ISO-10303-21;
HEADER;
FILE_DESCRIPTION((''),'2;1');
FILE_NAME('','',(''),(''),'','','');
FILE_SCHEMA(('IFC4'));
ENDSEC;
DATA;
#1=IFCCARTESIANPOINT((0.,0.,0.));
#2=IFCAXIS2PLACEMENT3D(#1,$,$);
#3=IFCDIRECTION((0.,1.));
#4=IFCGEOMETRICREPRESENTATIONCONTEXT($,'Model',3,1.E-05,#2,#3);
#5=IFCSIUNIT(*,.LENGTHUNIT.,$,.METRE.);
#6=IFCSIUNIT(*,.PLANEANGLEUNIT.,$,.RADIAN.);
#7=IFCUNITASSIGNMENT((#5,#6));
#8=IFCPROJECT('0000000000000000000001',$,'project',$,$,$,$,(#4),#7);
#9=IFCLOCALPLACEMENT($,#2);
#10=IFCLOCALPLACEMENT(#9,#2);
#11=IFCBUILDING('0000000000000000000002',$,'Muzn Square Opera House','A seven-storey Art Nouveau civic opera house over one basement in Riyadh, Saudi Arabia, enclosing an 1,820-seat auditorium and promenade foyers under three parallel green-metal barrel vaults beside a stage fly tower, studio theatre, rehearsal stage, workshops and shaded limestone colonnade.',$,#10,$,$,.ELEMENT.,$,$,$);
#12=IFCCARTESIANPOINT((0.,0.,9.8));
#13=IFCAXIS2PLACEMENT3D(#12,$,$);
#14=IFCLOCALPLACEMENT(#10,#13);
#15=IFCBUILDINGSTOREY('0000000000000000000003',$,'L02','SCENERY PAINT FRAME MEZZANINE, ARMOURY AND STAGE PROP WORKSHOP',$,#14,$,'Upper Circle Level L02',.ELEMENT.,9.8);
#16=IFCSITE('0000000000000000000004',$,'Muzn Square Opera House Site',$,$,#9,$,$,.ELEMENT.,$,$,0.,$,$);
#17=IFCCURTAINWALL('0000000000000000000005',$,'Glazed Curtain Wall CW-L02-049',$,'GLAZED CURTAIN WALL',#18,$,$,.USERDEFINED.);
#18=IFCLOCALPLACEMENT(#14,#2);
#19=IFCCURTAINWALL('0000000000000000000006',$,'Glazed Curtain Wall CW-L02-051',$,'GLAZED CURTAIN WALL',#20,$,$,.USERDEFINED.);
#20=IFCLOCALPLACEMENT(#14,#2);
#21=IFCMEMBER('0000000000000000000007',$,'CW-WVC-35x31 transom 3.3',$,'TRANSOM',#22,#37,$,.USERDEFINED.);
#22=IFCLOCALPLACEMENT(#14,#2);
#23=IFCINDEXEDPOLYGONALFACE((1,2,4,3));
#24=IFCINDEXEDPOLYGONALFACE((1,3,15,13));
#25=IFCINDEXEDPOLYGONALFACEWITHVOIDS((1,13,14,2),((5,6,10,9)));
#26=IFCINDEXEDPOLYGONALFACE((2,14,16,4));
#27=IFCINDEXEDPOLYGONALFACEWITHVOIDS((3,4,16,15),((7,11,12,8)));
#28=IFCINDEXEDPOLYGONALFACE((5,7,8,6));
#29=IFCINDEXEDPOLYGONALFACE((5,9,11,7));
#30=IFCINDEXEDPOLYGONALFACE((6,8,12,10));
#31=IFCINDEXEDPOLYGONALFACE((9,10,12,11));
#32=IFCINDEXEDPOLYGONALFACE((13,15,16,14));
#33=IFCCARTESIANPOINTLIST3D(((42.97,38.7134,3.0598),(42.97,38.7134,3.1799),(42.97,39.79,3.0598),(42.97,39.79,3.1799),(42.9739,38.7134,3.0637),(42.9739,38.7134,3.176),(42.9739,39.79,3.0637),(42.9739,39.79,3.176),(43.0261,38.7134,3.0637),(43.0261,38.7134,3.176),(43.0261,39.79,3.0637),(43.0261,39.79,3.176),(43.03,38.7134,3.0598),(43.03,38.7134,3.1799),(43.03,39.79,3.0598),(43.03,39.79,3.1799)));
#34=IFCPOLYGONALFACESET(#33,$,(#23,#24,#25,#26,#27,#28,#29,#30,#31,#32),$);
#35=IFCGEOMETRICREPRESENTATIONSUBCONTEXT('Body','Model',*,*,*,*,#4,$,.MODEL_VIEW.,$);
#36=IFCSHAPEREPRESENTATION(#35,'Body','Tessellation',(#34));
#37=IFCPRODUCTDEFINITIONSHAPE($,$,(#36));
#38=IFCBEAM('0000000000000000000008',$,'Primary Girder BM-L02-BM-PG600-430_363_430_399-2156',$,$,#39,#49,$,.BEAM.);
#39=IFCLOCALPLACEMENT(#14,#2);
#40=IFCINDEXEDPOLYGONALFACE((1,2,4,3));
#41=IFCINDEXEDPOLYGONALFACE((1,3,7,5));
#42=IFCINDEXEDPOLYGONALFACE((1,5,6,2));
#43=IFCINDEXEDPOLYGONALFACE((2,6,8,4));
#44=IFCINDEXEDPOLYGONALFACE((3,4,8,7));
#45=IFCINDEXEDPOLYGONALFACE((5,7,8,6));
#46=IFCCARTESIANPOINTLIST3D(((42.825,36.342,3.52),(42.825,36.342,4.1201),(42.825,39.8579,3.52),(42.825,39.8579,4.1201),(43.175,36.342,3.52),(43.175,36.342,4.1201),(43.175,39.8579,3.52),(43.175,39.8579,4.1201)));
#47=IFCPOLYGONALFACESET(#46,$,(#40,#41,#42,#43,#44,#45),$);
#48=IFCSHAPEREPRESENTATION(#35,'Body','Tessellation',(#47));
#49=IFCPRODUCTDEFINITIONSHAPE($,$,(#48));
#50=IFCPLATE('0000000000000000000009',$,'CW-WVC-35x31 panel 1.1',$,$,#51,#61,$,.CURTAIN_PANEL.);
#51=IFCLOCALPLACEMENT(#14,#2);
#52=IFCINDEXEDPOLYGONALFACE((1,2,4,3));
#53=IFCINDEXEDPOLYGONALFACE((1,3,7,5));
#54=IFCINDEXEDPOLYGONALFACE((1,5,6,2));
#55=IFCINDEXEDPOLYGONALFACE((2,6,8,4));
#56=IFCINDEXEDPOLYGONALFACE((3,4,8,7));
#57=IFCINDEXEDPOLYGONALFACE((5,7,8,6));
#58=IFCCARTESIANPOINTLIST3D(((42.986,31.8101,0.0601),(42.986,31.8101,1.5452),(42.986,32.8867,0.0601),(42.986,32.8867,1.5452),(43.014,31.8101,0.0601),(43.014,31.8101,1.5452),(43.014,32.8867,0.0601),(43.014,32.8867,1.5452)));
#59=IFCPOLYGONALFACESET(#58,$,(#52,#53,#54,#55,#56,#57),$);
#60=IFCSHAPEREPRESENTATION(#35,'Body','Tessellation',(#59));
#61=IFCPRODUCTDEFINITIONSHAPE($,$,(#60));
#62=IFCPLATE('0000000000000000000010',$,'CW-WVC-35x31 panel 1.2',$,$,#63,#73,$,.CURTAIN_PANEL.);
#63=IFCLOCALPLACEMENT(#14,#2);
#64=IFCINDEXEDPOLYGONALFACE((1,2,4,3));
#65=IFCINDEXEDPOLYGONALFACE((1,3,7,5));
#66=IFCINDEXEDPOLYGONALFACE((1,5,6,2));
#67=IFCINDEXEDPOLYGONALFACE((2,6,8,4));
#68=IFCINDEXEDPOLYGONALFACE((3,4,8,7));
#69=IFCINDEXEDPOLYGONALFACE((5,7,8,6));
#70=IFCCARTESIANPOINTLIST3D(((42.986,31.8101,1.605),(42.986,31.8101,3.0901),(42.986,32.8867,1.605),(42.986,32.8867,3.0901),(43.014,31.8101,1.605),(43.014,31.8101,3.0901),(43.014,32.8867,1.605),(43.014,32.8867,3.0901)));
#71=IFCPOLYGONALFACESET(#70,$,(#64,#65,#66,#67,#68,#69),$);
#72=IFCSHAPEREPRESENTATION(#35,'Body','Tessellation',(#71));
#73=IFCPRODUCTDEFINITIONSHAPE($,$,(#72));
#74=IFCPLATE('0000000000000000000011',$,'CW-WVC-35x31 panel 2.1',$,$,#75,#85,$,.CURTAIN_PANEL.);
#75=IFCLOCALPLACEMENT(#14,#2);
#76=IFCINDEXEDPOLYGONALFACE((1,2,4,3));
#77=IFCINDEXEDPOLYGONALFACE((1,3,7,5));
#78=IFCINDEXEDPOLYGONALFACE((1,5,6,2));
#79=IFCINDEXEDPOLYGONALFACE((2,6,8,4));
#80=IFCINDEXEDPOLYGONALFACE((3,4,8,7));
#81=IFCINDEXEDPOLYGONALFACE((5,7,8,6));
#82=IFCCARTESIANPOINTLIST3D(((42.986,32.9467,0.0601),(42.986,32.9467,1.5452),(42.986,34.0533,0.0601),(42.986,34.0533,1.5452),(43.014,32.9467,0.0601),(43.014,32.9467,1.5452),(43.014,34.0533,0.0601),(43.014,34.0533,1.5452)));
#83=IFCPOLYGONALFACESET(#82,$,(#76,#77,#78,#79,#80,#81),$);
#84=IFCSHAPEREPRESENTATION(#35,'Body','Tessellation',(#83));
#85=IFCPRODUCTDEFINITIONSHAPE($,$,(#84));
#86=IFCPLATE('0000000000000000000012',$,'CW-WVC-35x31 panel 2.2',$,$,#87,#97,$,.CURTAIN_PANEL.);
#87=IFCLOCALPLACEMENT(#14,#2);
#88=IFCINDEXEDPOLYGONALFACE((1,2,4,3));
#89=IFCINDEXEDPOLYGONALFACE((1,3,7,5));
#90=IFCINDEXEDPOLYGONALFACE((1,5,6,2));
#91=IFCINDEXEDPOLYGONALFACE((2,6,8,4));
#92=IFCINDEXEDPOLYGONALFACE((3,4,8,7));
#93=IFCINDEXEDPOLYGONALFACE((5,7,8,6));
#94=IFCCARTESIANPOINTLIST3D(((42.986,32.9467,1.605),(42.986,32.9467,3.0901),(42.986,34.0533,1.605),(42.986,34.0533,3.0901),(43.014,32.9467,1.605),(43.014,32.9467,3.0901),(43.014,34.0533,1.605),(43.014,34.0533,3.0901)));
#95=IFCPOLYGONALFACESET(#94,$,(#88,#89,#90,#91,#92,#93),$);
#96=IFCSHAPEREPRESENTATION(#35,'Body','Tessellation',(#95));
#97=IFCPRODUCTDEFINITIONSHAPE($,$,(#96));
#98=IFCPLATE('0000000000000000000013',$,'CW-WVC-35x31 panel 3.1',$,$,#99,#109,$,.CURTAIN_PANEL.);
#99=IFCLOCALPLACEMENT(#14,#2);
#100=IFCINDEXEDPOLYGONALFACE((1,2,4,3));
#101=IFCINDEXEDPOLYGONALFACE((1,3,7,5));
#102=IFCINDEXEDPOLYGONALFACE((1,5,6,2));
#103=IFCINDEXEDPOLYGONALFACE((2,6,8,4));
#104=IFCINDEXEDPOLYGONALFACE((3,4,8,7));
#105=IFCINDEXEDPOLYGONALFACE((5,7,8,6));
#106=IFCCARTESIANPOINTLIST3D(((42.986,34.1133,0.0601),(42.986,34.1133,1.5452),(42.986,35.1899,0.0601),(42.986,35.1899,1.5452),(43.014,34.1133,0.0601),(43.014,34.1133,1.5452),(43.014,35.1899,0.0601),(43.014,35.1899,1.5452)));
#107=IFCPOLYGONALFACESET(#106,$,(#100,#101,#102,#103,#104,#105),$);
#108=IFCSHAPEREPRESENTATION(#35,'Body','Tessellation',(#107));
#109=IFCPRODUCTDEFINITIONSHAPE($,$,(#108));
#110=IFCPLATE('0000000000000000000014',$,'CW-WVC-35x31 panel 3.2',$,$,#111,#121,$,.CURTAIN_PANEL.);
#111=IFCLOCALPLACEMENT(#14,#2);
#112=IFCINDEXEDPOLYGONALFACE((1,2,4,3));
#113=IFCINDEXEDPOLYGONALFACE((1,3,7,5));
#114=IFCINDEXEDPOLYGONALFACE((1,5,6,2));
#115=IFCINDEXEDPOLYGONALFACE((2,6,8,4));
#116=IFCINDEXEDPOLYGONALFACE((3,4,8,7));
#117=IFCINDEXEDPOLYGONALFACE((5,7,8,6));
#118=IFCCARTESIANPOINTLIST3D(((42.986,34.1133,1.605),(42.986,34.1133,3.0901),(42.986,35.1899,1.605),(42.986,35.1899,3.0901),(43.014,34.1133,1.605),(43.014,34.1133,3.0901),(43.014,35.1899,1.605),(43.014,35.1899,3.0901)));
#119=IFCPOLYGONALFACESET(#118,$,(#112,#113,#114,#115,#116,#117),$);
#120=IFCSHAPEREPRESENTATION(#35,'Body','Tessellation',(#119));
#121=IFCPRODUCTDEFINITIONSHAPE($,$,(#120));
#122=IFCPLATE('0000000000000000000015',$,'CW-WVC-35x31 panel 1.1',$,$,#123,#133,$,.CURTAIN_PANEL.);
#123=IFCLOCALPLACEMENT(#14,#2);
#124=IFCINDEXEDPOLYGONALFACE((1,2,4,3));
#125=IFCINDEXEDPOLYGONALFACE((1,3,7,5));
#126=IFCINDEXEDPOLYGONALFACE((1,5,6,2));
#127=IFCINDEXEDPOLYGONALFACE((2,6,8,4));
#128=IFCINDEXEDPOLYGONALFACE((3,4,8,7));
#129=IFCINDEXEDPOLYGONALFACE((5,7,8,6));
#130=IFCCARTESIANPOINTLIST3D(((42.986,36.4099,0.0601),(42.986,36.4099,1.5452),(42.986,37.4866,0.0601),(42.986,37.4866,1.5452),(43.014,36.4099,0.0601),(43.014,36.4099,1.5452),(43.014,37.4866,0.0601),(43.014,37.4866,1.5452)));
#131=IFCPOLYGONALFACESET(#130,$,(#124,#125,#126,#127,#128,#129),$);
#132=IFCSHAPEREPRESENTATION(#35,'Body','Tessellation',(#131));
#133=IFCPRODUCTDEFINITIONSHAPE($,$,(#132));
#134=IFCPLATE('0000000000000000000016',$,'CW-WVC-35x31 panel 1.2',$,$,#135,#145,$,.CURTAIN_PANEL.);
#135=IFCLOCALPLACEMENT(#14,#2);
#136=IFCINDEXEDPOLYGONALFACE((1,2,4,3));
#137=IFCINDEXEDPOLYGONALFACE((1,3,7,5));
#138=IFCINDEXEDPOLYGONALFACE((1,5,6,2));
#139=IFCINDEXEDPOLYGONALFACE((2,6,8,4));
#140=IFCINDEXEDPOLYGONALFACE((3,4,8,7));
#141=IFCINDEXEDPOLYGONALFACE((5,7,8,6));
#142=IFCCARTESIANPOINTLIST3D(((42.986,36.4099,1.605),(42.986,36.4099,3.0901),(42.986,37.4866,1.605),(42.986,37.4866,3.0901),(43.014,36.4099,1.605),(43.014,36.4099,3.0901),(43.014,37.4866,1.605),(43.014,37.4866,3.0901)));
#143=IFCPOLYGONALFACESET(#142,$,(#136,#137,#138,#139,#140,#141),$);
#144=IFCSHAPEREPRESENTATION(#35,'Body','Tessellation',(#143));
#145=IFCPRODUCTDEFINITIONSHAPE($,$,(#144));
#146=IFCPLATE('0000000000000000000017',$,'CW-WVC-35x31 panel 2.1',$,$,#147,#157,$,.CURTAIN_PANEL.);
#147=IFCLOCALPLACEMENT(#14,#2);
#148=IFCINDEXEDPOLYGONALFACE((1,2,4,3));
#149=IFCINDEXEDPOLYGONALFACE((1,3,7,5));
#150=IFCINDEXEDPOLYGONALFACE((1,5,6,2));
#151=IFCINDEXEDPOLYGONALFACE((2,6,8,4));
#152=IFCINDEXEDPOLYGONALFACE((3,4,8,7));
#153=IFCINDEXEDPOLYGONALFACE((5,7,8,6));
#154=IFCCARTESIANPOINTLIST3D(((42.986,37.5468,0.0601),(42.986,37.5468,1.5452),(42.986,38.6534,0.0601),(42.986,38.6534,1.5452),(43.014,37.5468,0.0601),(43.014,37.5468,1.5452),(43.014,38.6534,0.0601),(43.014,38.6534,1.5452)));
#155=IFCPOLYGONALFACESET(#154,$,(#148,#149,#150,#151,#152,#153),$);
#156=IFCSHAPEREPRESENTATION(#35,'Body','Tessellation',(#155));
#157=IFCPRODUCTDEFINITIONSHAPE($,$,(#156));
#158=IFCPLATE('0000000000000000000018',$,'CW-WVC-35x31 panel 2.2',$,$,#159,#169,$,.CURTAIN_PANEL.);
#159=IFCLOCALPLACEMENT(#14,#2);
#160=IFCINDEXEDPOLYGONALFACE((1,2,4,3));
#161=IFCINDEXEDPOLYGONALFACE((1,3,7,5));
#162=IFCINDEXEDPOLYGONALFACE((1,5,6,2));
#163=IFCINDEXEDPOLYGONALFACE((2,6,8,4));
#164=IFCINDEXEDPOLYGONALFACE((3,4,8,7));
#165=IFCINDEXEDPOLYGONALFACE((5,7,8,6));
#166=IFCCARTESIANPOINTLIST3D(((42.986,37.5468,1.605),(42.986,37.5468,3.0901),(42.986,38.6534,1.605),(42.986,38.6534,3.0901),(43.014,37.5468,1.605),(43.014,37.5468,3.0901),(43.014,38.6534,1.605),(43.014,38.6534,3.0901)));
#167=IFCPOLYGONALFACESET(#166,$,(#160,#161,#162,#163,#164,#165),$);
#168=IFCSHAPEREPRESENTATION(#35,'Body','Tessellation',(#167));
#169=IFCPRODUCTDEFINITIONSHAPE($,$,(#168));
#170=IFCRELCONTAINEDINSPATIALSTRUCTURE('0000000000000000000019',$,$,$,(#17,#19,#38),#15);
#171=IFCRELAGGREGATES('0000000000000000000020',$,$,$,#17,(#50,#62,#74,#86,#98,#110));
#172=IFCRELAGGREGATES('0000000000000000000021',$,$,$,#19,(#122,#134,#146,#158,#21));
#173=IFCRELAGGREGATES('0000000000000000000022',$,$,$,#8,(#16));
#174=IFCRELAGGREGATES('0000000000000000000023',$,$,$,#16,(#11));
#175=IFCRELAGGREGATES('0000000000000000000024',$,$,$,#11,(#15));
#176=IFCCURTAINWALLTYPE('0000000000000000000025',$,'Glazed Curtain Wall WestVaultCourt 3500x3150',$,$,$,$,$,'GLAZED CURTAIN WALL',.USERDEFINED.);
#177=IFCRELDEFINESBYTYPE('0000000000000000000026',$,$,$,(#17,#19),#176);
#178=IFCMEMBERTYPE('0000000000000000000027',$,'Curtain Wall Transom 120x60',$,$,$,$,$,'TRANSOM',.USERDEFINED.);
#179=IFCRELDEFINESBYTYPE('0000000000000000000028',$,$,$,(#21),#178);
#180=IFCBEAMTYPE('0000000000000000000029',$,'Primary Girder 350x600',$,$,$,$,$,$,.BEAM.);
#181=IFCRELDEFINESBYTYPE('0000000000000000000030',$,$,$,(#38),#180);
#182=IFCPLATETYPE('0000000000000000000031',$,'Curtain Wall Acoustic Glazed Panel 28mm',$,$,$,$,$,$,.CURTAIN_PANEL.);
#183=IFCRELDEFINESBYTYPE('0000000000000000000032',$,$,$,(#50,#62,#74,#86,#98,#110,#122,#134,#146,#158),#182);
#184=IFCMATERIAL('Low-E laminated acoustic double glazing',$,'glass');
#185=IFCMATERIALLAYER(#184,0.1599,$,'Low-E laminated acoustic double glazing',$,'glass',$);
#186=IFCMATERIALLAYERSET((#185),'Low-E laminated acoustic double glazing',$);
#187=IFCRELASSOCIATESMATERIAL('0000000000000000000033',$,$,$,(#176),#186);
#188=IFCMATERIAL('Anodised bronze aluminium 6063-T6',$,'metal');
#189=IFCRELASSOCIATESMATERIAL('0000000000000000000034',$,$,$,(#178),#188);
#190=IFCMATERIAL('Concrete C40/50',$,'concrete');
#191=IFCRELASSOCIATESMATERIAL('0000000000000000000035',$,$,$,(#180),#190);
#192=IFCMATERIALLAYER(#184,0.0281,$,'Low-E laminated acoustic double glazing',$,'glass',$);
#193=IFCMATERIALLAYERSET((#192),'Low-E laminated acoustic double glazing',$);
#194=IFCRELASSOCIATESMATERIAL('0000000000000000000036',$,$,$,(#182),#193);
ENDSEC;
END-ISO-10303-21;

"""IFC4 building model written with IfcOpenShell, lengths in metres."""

from ifc_helpers import new_model, si_unit, direction, frame, origin, origin_2d, place, context, subcontext, project, spatial, rectangle, hollow_rectangle, extrude, material, layer, layer_set, material_profile, profile_set, type_object, element, aggregate, save


model = new_model("IFC4")

# Units and contexts
model_context = context("Model", 3, precision=1e-05, world=origin(), true_north=direction((0.0, 1.0)))
body_context = subcontext(model_context, "Body", "Model", "MODEL_VIEW")
ifc_project = project(units=[si_unit("LENGTHUNIT", "METRE"), si_unit("PLANEANGLEUNIT", "RADIAN")], contexts=[model_context])

# Site, building, storey
site_placement = place(None, origin())
site = spatial("IfcSite", under=ifc_project, at=site_placement, Name="Muzn Square Opera House Site", CompositionType="ELEMENT", RefElevation=0.0)
building_placement = place(site_placement, origin())
building = spatial("IfcBuilding", under=site, at=building_placement, Name="Muzn Square Opera House", Description="A seven-storey Art Nouveau civic opera house over one basement in Riyadh, Saudi Arabia, enclosing an 1,820-seat auditorium and promenade foyers under three parallel green-metal barrel vaults beside a stage fly tower, studio theatre, rehearsal stage, workshops and shaded limestone colonnade.", CompositionType="ELEMENT")
storey_placement = place(building_placement, frame((0.0, 0.0, 9.8)))
storey = spatial("IfcBuildingStorey", under=building, at=storey_placement, Name="L02", Description="SCENERY PAINT FRAME MEZZANINE, ARMOURY AND STAGE PROP WORKSHOP", LongName="Upper Circle Level L02", CompositionType="ELEMENT", Elevation=9.8)

# Curtain walls
ifc_material_1 = material(Name="Low-E laminated acoustic double glazing", Category="glass")
ifc_layer_1 = layer(ifc_material_1, 0.1599, Name="Low-E laminated acoustic double glazing", Category="glass")
ifc_layer_set_1 = layer_set([ifc_layer_1], Name="Low-E laminated acoustic double glazing")
curtain_wall_type = type_object("IfcCurtainWallType", Name="Glazed Curtain Wall WestVaultCourt 3500x3150", ElementType="GLAZED CURTAIN WALL", PredefinedType="USERDEFINED", material=ifc_layer_set_1)
curtain_wall_1_placement = place(storey_placement, origin())
curtain_wall_1 = element("IfcCurtainWall", 1, at=curtain_wall_1_placement, inside=storey, type_object=curtain_wall_type, Name="Glazed Curtain Wall CW-L02-049", ObjectType="GLAZED CURTAIN WALL", PredefinedType="USERDEFINED")
ifc_material_2 = material(Name="Anodised bronze aluminium 6063-T6", Category="metal")
curtain_wall_2_placement = place(storey_placement, origin())
curtain_wall_2 = element("IfcCurtainWall", 2, at=curtain_wall_2_placement, inside=storey, type_object=curtain_wall_type, Name="Glazed Curtain Wall CW-L02-051", ObjectType="GLAZED CURTAIN WALL", PredefinedType="USERDEFINED")

# Member
ifc_material_profile_1 = material_profile(ifc_material_2, hollow_rectangle(XDim=0.0601, YDim=0.1201, WallThickness=0.0039, at=origin_2d()), Name="ALU 120x60x4", Category="metal")
ifc_profile_set_1 = profile_set([ifc_material_profile_1], Name="Anodised bronze aluminium 6063-T6")
member_type_1 = type_object("IfcMemberType", Name="Curtain Wall Transom 120x60", ElementType="TRANSOM", PredefinedType="USERDEFINED", material=ifc_profile_set_1)
member_1_placement = place(storey_placement, frame((43.0, 38.7134, 3.1199), z_axis=(0.0, 1.0, 0.0), x_axis=(-1.0, 0.0, 0.0)))
member_1 = element("IfcMember", 3, at=member_1_placement, type_object=member_type_1, Name="CW-WVC-35x31 transom 3.3", ObjectType="TRANSOM", PredefinedType="USERDEFINED", context=body_context, shape_type="SweptSolid", body=[
    extrude(hollow_rectangle(XDim=0.0601, YDim=0.1201, WallThickness=0.0039, at=origin_2d()), origin(), (0.0, 0.0, 1.0), 1.0767),
])

# Beam
ifc_material_3 = material(Name="Concrete C40/50", Category="concrete")
ifc_material_profile_2 = material_profile(ifc_material_3, rectangle(XDim=0.3501, YDim=0.6001, at=origin_2d()), Name="RCB 350x600", Category="concrete")
ifc_profile_set_2 = profile_set([ifc_material_profile_2], Name="Concrete C40/50")
beam_type = type_object("IfcBeamType", Name="Primary Girder 350x600", PredefinedType="BEAM", material=ifc_profile_set_2)
beam_placement = place(storey_placement, frame((43.0, 36.342, 3.8201), z_axis=(0.0, 1.0, 0.0), x_axis=(-1.0, 0.0, 0.0)))
element("IfcBeam", 4, at=beam_placement, inside=storey, type_object=beam_type, Name="Primary Girder BM-L02-BM-PG600-430_363_430_399-2156", PredefinedType="BEAM", context=body_context, shape_type="SweptSolid", body=[
    extrude(rectangle(XDim=0.3501, YDim=0.6001, at=origin_2d()), origin(), (0.0, 0.0, 1.0), 3.5159),
])

# Plates
ifc_layer_2 = layer(ifc_material_1, 0.0281, Name="Low-E laminated acoustic double glazing", Category="glass")
ifc_layer_set_2 = layer_set([ifc_layer_2], Name="Low-E laminated acoustic double glazing")
plate_type = type_object("IfcPlateType", Name="Curtain Wall Acoustic Glazed Panel 28mm", PredefinedType="CURTAIN_PANEL", material=ifc_layer_set_2)
plate_1_placement = place(storey_placement, frame((43.0, 32.3484, 0.0601), z_axis=(0.0, 0.0, 1.0), x_axis=(0.0, 1.0, 0.0)))
plate_1 = element("IfcPlate", 5, at=plate_1_placement, type_object=plate_type, Name="CW-WVC-35x31 panel 1.1", PredefinedType="CURTAIN_PANEL", context=body_context, shape_type="SweptSolid", body=[
    extrude(rectangle(XDim=1.0767, YDim=0.0281, at=origin_2d()), origin(), (0.0, 0.0, 1.0), 1.4851),
])
plate_2_placement = place(storey_placement, frame((43.0, 32.3484, 1.605), z_axis=(0.0, 0.0, 1.0), x_axis=(0.0, 1.0, 0.0)))
plate_2 = element("IfcPlate", 6, at=plate_2_placement, type_object=plate_type, Name="CW-WVC-35x31 panel 1.2", PredefinedType="CURTAIN_PANEL", context=body_context, shape_type="SweptSolid", body=[
    extrude(rectangle(XDim=1.0767, YDim=0.0281, at=origin_2d()), origin(), (0.0, 0.0, 1.0), 1.4851),
])
plate_3_placement = place(storey_placement, frame((43.0, 33.5, 0.0601), z_axis=(0.0, 0.0, 1.0), x_axis=(0.0, 1.0, 0.0)))
plate_3 = element("IfcPlate", 7, at=plate_3_placement, type_object=plate_type, Name="CW-WVC-35x31 panel 2.1", PredefinedType="CURTAIN_PANEL", context=body_context, shape_type="SweptSolid", body=[
    extrude(rectangle(XDim=1.1067, YDim=0.0281, at=origin_2d()), origin(), (0.0, 0.0, 1.0), 1.4851),
])
plate_4_placement = place(storey_placement, frame((43.0, 33.5, 1.605), z_axis=(0.0, 0.0, 1.0), x_axis=(0.0, 1.0, 0.0)))
plate_4 = element("IfcPlate", 8, at=plate_4_placement, type_object=plate_type, Name="CW-WVC-35x31 panel 2.2", PredefinedType="CURTAIN_PANEL", context=body_context, shape_type="SweptSolid", body=[
    extrude(rectangle(XDim=1.1067, YDim=0.0281, at=origin_2d()), origin(), (0.0, 0.0, 1.0), 1.4851),
])
plate_5_placement = place(storey_placement, frame((43.0, 34.6516, 0.0601), z_axis=(0.0, 0.0, 1.0), x_axis=(0.0, 1.0, 0.0)))
plate_5 = element("IfcPlate", 9, at=plate_5_placement, type_object=plate_type, Name="CW-WVC-35x31 panel 3.1", PredefinedType="CURTAIN_PANEL", context=body_context, shape_type="SweptSolid", body=[
    extrude(rectangle(XDim=1.0767, YDim=0.0281, at=origin_2d()), origin(), (0.0, 0.0, 1.0), 1.4851),
])
plate_6_placement = place(storey_placement, frame((43.0, 34.6516, 1.605), z_axis=(0.0, 0.0, 1.0), x_axis=(0.0, 1.0, 0.0)))
plate_6 = element("IfcPlate", 10, at=plate_6_placement, type_object=plate_type, Name="CW-WVC-35x31 panel 3.2", PredefinedType="CURTAIN_PANEL", context=body_context, shape_type="SweptSolid", body=[
    extrude(rectangle(XDim=1.0767, YDim=0.0281, at=origin_2d()), origin(), (0.0, 0.0, 1.0), 1.4851),
])
aggregate(curtain_wall_1, [plate_1, plate_2, plate_3, plate_4, plate_5, plate_6])
plate_7_placement = place(storey_placement, frame((43.0, 36.9482, 0.0601), z_axis=(0.0, 0.0, 1.0), x_axis=(0.0, 1.0, 0.0)))
plate_7 = element("IfcPlate", 11, at=plate_7_placement, type_object=plate_type, Name="CW-WVC-35x31 panel 1.1", PredefinedType="CURTAIN_PANEL", context=body_context, shape_type="SweptSolid", body=[
    extrude(rectangle(XDim=1.0767, YDim=0.0281, at=origin_2d()), origin(), (0.0, 0.0, 1.0), 1.4851),
])
plate_8_placement = place(storey_placement, frame((43.0, 36.9482, 1.605), z_axis=(0.0, 0.0, 1.0), x_axis=(0.0, 1.0, 0.0)))
plate_8 = element("IfcPlate", 12, at=plate_8_placement, type_object=plate_type, Name="CW-WVC-35x31 panel 1.2", PredefinedType="CURTAIN_PANEL", context=body_context, shape_type="SweptSolid", body=[
    extrude(rectangle(XDim=1.0767, YDim=0.0281, at=origin_2d()), origin(), (0.0, 0.0, 1.0), 1.4851),
])
plate_9_placement = place(storey_placement, frame((43.0, 38.1001, 0.0601), z_axis=(0.0, 0.0, 1.0), x_axis=(0.0, 1.0, 0.0)))
plate_9 = element("IfcPlate", 13, at=plate_9_placement, type_object=plate_type, Name="CW-WVC-35x31 panel 2.1", PredefinedType="CURTAIN_PANEL", context=body_context, shape_type="SweptSolid", body=[
    extrude(rectangle(XDim=1.1067, YDim=0.0281, at=origin_2d()), origin(), (0.0, 0.0, 1.0), 1.4851),
])
plate_10_placement = place(storey_placement, frame((43.0, 38.1001, 1.605), z_axis=(0.0, 0.0, 1.0), x_axis=(0.0, 1.0, 0.0)))
plate_10 = element("IfcPlate", 14, at=plate_10_placement, type_object=plate_type, Name="CW-WVC-35x31 panel 2.2", PredefinedType="CURTAIN_PANEL", context=body_context, shape_type="SweptSolid", body=[
    extrude(rectangle(XDim=1.1067, YDim=0.0281, at=origin_2d()), origin(), (0.0, 0.0, 1.0), 1.4851),
])
aggregate(curtain_wall_2, [plate_7, plate_8, plate_9, plate_10, member_1])

save(model, "model.ifc")
